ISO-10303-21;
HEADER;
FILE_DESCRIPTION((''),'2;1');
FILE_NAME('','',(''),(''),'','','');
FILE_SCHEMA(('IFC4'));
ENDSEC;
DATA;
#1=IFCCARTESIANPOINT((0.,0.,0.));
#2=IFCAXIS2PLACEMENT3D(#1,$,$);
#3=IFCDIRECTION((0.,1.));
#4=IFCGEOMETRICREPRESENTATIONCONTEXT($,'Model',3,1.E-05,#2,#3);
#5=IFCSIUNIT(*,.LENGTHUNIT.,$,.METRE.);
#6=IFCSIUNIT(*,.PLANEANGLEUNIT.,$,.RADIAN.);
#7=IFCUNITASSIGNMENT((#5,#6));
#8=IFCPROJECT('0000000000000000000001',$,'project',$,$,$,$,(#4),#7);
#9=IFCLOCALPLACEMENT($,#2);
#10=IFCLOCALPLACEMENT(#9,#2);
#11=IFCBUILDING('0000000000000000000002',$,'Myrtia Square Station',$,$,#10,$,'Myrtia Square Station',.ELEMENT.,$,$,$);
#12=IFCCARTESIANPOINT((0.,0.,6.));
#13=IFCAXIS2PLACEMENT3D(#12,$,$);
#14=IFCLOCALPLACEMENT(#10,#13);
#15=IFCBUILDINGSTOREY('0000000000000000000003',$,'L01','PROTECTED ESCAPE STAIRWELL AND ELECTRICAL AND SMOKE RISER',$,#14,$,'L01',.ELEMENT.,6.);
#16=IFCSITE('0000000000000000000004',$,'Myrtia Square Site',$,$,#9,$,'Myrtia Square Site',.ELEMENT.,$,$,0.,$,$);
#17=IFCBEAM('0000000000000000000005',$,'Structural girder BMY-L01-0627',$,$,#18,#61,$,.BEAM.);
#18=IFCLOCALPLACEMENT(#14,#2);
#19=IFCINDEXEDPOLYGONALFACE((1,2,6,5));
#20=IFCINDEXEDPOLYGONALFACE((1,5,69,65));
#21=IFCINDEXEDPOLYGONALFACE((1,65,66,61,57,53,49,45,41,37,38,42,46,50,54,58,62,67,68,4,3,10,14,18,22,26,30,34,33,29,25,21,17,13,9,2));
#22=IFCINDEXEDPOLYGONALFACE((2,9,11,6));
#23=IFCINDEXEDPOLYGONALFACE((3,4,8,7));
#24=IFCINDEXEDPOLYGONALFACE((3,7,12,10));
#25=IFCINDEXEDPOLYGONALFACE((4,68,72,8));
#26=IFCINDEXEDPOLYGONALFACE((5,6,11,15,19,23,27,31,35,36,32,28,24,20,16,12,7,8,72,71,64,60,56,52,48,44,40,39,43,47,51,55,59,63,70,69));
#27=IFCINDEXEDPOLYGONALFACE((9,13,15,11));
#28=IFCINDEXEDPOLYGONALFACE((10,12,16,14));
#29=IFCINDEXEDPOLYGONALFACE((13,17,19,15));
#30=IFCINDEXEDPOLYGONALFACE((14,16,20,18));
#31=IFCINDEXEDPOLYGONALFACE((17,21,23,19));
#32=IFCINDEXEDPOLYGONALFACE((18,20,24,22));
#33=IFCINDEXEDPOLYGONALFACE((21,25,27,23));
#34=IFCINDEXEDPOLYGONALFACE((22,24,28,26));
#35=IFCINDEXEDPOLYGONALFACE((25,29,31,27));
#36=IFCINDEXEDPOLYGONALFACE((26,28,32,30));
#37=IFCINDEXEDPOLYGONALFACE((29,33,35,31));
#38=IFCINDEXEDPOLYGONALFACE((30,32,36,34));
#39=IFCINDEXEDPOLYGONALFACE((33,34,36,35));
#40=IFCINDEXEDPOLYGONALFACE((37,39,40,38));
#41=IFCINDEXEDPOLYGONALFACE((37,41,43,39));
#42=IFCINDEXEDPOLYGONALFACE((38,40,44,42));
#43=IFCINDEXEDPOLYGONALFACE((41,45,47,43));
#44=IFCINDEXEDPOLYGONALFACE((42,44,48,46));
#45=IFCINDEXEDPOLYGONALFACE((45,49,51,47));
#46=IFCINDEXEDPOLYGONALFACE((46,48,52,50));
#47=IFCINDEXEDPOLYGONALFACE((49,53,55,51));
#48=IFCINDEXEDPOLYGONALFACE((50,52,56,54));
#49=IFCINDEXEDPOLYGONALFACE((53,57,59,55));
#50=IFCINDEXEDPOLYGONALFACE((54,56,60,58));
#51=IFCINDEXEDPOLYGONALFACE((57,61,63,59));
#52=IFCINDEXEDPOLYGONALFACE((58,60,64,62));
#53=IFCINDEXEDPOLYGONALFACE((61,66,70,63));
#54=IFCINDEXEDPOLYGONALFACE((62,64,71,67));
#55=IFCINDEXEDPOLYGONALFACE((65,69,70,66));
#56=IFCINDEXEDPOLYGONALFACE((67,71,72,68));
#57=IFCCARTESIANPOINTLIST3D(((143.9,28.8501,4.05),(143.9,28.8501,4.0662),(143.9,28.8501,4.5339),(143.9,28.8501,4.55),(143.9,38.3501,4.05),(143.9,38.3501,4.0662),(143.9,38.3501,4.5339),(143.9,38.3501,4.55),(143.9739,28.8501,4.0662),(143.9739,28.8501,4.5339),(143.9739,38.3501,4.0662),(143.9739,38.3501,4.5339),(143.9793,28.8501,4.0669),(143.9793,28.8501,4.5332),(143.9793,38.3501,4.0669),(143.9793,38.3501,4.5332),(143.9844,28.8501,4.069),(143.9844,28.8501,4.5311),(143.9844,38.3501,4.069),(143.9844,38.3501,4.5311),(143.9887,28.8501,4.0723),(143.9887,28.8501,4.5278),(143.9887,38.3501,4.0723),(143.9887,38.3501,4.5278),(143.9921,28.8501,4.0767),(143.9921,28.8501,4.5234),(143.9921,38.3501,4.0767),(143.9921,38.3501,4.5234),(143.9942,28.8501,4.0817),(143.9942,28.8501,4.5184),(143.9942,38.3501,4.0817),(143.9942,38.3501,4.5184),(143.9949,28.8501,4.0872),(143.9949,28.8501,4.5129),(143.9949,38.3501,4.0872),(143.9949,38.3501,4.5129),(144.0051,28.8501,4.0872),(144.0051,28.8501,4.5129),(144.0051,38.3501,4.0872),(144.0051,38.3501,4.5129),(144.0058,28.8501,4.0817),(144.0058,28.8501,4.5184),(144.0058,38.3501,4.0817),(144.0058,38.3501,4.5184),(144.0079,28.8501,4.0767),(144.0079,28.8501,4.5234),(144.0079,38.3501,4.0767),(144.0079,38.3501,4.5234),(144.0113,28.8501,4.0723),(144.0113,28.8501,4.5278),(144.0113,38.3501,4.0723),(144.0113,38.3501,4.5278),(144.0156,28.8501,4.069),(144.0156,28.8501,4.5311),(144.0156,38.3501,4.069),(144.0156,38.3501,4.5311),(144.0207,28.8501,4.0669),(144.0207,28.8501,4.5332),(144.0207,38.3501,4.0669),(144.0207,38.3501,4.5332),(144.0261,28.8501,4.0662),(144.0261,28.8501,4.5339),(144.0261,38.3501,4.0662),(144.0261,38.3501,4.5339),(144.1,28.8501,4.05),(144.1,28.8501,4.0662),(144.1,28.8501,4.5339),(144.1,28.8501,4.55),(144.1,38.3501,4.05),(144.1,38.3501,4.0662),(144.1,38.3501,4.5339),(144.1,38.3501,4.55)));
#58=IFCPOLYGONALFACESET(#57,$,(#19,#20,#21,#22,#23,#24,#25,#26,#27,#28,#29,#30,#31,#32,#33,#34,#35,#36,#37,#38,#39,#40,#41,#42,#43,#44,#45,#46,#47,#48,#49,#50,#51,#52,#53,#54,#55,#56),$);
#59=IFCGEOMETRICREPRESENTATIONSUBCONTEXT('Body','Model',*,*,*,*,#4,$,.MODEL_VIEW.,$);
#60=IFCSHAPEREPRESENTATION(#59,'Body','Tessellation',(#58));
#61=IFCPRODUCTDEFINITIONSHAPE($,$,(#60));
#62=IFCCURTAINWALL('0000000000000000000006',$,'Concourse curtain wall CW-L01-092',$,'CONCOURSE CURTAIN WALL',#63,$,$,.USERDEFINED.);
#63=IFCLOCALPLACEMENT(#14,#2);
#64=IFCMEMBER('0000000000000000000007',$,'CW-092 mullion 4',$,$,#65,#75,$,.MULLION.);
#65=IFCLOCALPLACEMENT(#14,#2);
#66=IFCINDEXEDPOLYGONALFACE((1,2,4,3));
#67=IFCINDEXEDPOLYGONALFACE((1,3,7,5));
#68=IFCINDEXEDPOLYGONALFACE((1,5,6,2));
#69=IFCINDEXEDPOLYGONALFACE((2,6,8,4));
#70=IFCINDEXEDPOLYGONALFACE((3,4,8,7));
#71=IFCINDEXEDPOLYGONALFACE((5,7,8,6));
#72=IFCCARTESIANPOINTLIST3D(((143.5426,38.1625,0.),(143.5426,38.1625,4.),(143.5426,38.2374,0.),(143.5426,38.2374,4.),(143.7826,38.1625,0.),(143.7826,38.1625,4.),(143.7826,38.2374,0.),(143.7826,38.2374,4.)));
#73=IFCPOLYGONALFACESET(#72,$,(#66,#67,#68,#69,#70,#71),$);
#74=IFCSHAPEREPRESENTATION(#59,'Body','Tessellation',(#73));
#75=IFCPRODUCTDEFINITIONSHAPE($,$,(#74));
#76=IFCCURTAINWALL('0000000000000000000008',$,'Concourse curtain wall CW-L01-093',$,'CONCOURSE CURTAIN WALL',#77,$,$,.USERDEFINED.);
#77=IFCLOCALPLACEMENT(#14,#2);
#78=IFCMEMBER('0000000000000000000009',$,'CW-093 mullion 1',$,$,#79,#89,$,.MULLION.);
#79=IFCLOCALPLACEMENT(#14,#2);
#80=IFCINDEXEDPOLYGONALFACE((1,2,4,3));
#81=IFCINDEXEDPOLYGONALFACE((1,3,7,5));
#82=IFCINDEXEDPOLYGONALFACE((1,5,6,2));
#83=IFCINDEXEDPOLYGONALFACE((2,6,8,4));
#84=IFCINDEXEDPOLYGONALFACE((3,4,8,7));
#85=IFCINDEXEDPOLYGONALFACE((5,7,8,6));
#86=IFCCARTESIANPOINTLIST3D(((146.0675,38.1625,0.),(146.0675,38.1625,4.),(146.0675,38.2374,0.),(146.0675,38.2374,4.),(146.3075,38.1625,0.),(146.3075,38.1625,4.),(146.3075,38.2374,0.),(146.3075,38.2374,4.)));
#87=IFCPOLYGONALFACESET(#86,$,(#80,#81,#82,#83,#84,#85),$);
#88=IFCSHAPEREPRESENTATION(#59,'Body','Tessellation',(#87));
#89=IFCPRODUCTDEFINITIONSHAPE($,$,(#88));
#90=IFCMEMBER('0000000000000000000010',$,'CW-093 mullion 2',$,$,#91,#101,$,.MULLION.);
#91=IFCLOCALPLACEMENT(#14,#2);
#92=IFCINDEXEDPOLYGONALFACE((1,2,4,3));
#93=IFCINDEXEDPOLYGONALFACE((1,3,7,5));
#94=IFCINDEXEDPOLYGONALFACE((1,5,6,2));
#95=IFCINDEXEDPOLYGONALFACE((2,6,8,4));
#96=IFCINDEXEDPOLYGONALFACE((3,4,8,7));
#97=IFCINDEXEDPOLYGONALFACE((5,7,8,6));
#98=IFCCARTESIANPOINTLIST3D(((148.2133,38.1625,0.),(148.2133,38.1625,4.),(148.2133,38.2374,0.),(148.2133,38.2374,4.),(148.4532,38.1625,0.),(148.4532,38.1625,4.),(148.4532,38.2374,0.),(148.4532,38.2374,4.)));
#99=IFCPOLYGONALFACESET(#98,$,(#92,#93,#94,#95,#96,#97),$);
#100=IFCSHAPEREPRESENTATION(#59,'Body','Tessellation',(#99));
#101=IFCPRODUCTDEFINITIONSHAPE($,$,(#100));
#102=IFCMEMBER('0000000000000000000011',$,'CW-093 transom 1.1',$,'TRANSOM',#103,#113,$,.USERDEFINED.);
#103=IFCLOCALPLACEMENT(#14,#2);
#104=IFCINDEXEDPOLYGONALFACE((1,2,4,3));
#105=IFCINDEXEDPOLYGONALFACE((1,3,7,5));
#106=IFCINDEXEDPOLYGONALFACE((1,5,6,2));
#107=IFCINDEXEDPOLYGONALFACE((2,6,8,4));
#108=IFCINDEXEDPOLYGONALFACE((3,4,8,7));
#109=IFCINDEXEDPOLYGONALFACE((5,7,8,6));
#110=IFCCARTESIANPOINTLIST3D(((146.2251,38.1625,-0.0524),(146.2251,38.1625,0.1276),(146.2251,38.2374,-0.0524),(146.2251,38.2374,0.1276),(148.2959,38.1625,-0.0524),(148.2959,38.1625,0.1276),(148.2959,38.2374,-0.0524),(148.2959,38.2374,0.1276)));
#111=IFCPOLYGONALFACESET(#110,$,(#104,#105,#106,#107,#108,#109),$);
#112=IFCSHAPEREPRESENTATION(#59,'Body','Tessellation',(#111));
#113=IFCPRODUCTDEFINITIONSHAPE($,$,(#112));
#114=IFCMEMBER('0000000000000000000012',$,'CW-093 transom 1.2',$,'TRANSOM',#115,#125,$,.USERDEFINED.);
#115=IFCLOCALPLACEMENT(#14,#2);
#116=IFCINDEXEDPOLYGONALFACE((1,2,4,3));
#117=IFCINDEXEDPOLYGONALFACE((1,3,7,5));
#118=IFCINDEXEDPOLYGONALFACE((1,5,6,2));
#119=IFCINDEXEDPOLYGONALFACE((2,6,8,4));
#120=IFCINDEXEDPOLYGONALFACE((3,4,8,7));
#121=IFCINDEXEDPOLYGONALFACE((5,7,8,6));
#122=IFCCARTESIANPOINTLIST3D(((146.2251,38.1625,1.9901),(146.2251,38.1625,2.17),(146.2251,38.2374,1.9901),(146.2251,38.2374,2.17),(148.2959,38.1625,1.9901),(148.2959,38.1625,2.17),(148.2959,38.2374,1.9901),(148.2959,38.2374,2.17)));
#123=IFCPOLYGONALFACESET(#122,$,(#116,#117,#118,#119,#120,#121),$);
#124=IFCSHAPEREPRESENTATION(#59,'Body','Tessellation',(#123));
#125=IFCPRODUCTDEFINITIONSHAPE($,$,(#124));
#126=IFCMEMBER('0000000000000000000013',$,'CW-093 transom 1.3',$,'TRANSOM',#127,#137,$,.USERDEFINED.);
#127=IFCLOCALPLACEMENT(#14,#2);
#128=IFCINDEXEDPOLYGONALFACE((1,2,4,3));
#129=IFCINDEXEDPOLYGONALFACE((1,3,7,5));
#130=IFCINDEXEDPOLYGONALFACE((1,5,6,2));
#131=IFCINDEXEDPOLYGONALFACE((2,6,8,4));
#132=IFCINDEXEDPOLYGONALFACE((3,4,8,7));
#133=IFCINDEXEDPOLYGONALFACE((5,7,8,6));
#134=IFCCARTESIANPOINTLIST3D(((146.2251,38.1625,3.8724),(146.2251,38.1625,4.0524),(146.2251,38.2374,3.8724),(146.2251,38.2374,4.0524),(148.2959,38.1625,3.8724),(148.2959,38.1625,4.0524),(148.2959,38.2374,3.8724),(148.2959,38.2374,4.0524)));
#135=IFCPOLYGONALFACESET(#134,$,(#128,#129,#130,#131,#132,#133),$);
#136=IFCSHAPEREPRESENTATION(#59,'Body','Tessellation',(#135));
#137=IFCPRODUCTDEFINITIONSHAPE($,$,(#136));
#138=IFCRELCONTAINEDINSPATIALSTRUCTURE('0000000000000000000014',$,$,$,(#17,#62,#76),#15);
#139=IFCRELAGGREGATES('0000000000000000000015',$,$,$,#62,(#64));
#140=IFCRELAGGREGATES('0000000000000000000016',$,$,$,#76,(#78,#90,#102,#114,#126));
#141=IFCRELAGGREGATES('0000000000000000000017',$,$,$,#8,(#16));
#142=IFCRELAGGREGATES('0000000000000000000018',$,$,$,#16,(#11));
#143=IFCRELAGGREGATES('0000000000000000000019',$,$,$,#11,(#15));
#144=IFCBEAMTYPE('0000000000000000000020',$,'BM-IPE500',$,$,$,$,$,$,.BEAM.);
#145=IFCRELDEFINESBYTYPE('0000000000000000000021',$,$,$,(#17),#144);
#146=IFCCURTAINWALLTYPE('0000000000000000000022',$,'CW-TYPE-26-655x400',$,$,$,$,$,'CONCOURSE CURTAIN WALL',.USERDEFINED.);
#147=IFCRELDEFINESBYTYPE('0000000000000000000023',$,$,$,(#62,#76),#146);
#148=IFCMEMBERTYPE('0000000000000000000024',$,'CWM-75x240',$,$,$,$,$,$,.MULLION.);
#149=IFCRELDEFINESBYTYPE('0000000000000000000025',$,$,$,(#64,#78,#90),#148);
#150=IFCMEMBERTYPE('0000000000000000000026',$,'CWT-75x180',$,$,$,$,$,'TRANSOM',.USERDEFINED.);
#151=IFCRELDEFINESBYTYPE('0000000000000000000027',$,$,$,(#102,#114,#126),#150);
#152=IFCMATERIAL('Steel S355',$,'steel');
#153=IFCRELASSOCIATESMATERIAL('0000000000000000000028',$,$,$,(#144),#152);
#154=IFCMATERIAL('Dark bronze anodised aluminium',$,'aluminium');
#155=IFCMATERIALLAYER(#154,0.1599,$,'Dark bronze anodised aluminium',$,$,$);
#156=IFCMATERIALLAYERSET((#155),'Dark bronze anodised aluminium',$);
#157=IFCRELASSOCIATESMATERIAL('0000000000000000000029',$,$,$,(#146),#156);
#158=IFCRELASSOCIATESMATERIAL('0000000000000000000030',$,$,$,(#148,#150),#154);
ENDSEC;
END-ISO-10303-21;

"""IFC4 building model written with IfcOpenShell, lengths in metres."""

from ifc_helpers import new_model, si_unit, direction, frame, origin, origin_2d, place, context, subcontext, project, spatial, rectangle, i_section, extrude, material, layer, layer_set, material_profile, profile_set, type_object, element, aggregate, save


model = new_model("IFC4")

# Units and contexts
model_context = context("Model", 3, precision=1e-05, world=origin(), true_north=direction((0.0, 1.0)))
body_context = subcontext(model_context, "Body", "Model", "MODEL_VIEW")
ifc_project = project(units=[si_unit("LENGTHUNIT", "METRE"), si_unit("PLANEANGLEUNIT", "RADIAN")], contexts=[model_context])

# Site, building, storey
site_placement = place(None, origin())
site = spatial("IfcSite", under=ifc_project, at=site_placement, Name="Myrtia Square Site", LongName="Myrtia Square Site", CompositionType="ELEMENT", RefElevation=0.0)
building_placement = place(site_placement, origin())
building = spatial("IfcBuilding", under=site, at=building_placement, Name="Myrtia Square Station", LongName="Myrtia Square Station", CompositionType="ELEMENT")
storey_placement = place(building_placement, frame((0.0, 0.0, 6.0)))
storey = spatial("IfcBuildingStorey", under=building, at=storey_placement, Name="L01", Description="PROTECTED ESCAPE STAIRWELL AND ELECTRICAL AND SMOKE RISER", LongName="L01", CompositionType="ELEMENT", Elevation=6.0)

# Shared definitions
ifc_material_1 = material(Name="Steel S355", Category="steel")

# Beam
ifc_material_profile_1 = material_profile(ifc_material_1, i_section(OverallWidth=0.2, OverallDepth=0.5, WebThickness=0.0103, FlangeThickness=0.0161, FilletRadius=0.021, at=origin_2d()), Name="IPE 500")
ifc_profile_set_1 = profile_set([ifc_material_profile_1], Name="Steel S355")
beam_type_1 = type_object("IfcBeamType", Name="BM-IPE500", PredefinedType="BEAM", material=ifc_profile_set_1)
beam_1_placement = place(storey_placement, frame((144.0, 28.8501, 4.3), z_axis=(0.0, 1.0, 0.0), x_axis=(-1.0, 0.0, 0.0)))
element("IfcBeam", 1, at=beam_1_placement, inside=storey, type_object=beam_type_1, Name="Structural girder BMY-L01-0627", PredefinedType="BEAM", context=body_context, shape_type="SweptSolid", body=[
    extrude(i_section(OverallWidth=0.2, OverallDepth=0.5, WebThickness=0.0103, FlangeThickness=0.0161, FilletRadius=0.021, at=origin_2d()), origin(), (0.0, 0.0, 1.0), 9.5),
])

# Curtain wall, member
ifc_material_2 = material(Name="Dark bronze anodised aluminium", Category="aluminium")
ifc_layer_1 = layer(ifc_material_2, 0.1599, Name="Dark bronze anodised aluminium")
ifc_layer_set_1 = layer_set([ifc_layer_1], Name="Dark bronze anodised aluminium")
curtain_wall_type = type_object("IfcCurtainWallType", Name="CW-TYPE-26-655x400", ElementType="CONCOURSE CURTAIN WALL", PredefinedType="USERDEFINED", material=ifc_layer_set_1)
curtain_wall_1_placement = place(storey_placement, origin())
curtain_wall_1 = element("IfcCurtainWall", 2, at=curtain_wall_1_placement, inside=storey, type_object=curtain_wall_type, Name="Concourse curtain wall CW-L01-092", ObjectType="CONCOURSE CURTAIN WALL", PredefinedType="USERDEFINED")
ifc_material_profile_2 = material_profile(ifc_material_2, rectangle(XDim=0.075, YDim=0.24, at=origin_2d()), Name="ALU-M 75x240")
ifc_profile_set_2 = profile_set([ifc_material_profile_2], Name="Dark bronze anodised aluminium")
member_type_1 = type_object("IfcMemberType", Name="CWM-75x240", PredefinedType="MULLION", material=ifc_profile_set_2)
member_1_placement = place(storey_placement, frame((143.6626, 38.2, 0.0), z_axis=(0.0, 0.0, 1.0), x_axis=(0.0, 1.0, 0.0)))
member_1 = element("IfcMember", 3, at=member_1_placement, type_object=member_type_1, Name="CW-092 mullion 4", PredefinedType="MULLION", context=body_context, shape_type="SweptSolid", body=[
    extrude(rectangle(XDim=0.075, YDim=0.24, at=origin_2d()), origin(), (0.0, 0.0, 1.0), 4.0),
])

# Curtain wall, members
curtain_wall_2_placement = place(storey_placement, origin())
curtain_wall_2 = element("IfcCurtainWall", 4, at=curtain_wall_2_placement, inside=storey, type_object=curtain_wall_type, Name="Concourse curtain wall CW-L01-093", ObjectType="CONCOURSE CURTAIN WALL", PredefinedType="USERDEFINED")
member_2_placement = place(storey_placement, frame((146.1875, 38.2, 0.0), z_axis=(0.0, 0.0, 1.0), x_axis=(0.0, 1.0, 0.0)))
member_2 = element("IfcMember", 5, at=member_2_placement, type_object=member_type_1, Name="CW-093 mullion 1", PredefinedType="MULLION", context=body_context, shape_type="SweptSolid", body=[
    extrude(rectangle(XDim=0.075, YDim=0.24, at=origin_2d()), origin(), (0.0, 0.0, 1.0), 4.0),
])
member_3_placement = place(storey_placement, frame((148.3333, 38.2, 0.0), z_axis=(0.0, 0.0, 1.0), x_axis=(0.0, 1.0, 0.0)))
member_3 = element("IfcMember", 6, at=member_3_placement, type_object=member_type_1, Name="CW-093 mullion 2", PredefinedType="MULLION", context=body_context, shape_type="SweptSolid", body=[
    extrude(rectangle(XDim=0.075, YDim=0.24, at=origin_2d()), origin(), (0.0, 0.0, 1.0), 4.0),
])
ifc_material_profile_3 = material_profile(ifc_material_2, rectangle(XDim=0.075, YDim=0.1799, at=origin_2d()), Name="ALU-T 75x180")
ifc_profile_set_3 = profile_set([ifc_material_profile_3], Name="Dark bronze anodised aluminium")
member_type_2 = type_object("IfcMemberType", Name="CWT-75x180", ElementType="TRANSOM", PredefinedType="USERDEFINED", material=ifc_profile_set_3)
member_4_placement = place(storey_placement, frame((146.2251, 38.2, 0.0376), z_axis=(1.0, 0.0, 0.0), x_axis=(0.0, 1.0, 0.0)))
member_4 = element("IfcMember", 7, at=member_4_placement, type_object=member_type_2, Name="CW-093 transom 1.1", ObjectType="TRANSOM", PredefinedType="USERDEFINED", context=body_context, shape_type="SweptSolid", body=[
    extrude(rectangle(XDim=0.075, YDim=0.1799, at=origin_2d()), origin(), (0.0, 0.0, 1.0), 2.0708),
])
member_5_placement = place(storey_placement, frame((146.2251, 38.2, 2.0801), z_axis=(1.0, 0.0, 0.0), x_axis=(0.0, 1.0, 0.0)))
member_5 = element("IfcMember", 8, at=member_5_placement, type_object=member_type_2, Name="CW-093 transom 1.2", ObjectType="TRANSOM", PredefinedType="USERDEFINED", context=body_context, shape_type="SweptSolid", body=[
    extrude(rectangle(XDim=0.075, YDim=0.1799, at=origin_2d()), origin(), (0.0, 0.0, 1.0), 2.0708),
])
member_6_placement = place(storey_placement, frame((146.2251, 38.2, 3.9624), z_axis=(1.0, 0.0, 0.0), x_axis=(0.0, 1.0, 0.0)))
member_6 = element("IfcMember", 9, at=member_6_placement, type_object=member_type_2, Name="CW-093 transom 1.3", ObjectType="TRANSOM", PredefinedType="USERDEFINED", context=body_context, shape_type="SweptSolid", body=[
    extrude(rectangle(XDim=0.075, YDim=0.1799, at=origin_2d()), origin(), (0.0, 0.0, 1.0), 2.0708),
])

aggregate(curtain_wall_1, [member_1])
aggregate(curtain_wall_2, [member_2, member_3, member_4, member_5, member_6])

save(model, "model.ifc")
